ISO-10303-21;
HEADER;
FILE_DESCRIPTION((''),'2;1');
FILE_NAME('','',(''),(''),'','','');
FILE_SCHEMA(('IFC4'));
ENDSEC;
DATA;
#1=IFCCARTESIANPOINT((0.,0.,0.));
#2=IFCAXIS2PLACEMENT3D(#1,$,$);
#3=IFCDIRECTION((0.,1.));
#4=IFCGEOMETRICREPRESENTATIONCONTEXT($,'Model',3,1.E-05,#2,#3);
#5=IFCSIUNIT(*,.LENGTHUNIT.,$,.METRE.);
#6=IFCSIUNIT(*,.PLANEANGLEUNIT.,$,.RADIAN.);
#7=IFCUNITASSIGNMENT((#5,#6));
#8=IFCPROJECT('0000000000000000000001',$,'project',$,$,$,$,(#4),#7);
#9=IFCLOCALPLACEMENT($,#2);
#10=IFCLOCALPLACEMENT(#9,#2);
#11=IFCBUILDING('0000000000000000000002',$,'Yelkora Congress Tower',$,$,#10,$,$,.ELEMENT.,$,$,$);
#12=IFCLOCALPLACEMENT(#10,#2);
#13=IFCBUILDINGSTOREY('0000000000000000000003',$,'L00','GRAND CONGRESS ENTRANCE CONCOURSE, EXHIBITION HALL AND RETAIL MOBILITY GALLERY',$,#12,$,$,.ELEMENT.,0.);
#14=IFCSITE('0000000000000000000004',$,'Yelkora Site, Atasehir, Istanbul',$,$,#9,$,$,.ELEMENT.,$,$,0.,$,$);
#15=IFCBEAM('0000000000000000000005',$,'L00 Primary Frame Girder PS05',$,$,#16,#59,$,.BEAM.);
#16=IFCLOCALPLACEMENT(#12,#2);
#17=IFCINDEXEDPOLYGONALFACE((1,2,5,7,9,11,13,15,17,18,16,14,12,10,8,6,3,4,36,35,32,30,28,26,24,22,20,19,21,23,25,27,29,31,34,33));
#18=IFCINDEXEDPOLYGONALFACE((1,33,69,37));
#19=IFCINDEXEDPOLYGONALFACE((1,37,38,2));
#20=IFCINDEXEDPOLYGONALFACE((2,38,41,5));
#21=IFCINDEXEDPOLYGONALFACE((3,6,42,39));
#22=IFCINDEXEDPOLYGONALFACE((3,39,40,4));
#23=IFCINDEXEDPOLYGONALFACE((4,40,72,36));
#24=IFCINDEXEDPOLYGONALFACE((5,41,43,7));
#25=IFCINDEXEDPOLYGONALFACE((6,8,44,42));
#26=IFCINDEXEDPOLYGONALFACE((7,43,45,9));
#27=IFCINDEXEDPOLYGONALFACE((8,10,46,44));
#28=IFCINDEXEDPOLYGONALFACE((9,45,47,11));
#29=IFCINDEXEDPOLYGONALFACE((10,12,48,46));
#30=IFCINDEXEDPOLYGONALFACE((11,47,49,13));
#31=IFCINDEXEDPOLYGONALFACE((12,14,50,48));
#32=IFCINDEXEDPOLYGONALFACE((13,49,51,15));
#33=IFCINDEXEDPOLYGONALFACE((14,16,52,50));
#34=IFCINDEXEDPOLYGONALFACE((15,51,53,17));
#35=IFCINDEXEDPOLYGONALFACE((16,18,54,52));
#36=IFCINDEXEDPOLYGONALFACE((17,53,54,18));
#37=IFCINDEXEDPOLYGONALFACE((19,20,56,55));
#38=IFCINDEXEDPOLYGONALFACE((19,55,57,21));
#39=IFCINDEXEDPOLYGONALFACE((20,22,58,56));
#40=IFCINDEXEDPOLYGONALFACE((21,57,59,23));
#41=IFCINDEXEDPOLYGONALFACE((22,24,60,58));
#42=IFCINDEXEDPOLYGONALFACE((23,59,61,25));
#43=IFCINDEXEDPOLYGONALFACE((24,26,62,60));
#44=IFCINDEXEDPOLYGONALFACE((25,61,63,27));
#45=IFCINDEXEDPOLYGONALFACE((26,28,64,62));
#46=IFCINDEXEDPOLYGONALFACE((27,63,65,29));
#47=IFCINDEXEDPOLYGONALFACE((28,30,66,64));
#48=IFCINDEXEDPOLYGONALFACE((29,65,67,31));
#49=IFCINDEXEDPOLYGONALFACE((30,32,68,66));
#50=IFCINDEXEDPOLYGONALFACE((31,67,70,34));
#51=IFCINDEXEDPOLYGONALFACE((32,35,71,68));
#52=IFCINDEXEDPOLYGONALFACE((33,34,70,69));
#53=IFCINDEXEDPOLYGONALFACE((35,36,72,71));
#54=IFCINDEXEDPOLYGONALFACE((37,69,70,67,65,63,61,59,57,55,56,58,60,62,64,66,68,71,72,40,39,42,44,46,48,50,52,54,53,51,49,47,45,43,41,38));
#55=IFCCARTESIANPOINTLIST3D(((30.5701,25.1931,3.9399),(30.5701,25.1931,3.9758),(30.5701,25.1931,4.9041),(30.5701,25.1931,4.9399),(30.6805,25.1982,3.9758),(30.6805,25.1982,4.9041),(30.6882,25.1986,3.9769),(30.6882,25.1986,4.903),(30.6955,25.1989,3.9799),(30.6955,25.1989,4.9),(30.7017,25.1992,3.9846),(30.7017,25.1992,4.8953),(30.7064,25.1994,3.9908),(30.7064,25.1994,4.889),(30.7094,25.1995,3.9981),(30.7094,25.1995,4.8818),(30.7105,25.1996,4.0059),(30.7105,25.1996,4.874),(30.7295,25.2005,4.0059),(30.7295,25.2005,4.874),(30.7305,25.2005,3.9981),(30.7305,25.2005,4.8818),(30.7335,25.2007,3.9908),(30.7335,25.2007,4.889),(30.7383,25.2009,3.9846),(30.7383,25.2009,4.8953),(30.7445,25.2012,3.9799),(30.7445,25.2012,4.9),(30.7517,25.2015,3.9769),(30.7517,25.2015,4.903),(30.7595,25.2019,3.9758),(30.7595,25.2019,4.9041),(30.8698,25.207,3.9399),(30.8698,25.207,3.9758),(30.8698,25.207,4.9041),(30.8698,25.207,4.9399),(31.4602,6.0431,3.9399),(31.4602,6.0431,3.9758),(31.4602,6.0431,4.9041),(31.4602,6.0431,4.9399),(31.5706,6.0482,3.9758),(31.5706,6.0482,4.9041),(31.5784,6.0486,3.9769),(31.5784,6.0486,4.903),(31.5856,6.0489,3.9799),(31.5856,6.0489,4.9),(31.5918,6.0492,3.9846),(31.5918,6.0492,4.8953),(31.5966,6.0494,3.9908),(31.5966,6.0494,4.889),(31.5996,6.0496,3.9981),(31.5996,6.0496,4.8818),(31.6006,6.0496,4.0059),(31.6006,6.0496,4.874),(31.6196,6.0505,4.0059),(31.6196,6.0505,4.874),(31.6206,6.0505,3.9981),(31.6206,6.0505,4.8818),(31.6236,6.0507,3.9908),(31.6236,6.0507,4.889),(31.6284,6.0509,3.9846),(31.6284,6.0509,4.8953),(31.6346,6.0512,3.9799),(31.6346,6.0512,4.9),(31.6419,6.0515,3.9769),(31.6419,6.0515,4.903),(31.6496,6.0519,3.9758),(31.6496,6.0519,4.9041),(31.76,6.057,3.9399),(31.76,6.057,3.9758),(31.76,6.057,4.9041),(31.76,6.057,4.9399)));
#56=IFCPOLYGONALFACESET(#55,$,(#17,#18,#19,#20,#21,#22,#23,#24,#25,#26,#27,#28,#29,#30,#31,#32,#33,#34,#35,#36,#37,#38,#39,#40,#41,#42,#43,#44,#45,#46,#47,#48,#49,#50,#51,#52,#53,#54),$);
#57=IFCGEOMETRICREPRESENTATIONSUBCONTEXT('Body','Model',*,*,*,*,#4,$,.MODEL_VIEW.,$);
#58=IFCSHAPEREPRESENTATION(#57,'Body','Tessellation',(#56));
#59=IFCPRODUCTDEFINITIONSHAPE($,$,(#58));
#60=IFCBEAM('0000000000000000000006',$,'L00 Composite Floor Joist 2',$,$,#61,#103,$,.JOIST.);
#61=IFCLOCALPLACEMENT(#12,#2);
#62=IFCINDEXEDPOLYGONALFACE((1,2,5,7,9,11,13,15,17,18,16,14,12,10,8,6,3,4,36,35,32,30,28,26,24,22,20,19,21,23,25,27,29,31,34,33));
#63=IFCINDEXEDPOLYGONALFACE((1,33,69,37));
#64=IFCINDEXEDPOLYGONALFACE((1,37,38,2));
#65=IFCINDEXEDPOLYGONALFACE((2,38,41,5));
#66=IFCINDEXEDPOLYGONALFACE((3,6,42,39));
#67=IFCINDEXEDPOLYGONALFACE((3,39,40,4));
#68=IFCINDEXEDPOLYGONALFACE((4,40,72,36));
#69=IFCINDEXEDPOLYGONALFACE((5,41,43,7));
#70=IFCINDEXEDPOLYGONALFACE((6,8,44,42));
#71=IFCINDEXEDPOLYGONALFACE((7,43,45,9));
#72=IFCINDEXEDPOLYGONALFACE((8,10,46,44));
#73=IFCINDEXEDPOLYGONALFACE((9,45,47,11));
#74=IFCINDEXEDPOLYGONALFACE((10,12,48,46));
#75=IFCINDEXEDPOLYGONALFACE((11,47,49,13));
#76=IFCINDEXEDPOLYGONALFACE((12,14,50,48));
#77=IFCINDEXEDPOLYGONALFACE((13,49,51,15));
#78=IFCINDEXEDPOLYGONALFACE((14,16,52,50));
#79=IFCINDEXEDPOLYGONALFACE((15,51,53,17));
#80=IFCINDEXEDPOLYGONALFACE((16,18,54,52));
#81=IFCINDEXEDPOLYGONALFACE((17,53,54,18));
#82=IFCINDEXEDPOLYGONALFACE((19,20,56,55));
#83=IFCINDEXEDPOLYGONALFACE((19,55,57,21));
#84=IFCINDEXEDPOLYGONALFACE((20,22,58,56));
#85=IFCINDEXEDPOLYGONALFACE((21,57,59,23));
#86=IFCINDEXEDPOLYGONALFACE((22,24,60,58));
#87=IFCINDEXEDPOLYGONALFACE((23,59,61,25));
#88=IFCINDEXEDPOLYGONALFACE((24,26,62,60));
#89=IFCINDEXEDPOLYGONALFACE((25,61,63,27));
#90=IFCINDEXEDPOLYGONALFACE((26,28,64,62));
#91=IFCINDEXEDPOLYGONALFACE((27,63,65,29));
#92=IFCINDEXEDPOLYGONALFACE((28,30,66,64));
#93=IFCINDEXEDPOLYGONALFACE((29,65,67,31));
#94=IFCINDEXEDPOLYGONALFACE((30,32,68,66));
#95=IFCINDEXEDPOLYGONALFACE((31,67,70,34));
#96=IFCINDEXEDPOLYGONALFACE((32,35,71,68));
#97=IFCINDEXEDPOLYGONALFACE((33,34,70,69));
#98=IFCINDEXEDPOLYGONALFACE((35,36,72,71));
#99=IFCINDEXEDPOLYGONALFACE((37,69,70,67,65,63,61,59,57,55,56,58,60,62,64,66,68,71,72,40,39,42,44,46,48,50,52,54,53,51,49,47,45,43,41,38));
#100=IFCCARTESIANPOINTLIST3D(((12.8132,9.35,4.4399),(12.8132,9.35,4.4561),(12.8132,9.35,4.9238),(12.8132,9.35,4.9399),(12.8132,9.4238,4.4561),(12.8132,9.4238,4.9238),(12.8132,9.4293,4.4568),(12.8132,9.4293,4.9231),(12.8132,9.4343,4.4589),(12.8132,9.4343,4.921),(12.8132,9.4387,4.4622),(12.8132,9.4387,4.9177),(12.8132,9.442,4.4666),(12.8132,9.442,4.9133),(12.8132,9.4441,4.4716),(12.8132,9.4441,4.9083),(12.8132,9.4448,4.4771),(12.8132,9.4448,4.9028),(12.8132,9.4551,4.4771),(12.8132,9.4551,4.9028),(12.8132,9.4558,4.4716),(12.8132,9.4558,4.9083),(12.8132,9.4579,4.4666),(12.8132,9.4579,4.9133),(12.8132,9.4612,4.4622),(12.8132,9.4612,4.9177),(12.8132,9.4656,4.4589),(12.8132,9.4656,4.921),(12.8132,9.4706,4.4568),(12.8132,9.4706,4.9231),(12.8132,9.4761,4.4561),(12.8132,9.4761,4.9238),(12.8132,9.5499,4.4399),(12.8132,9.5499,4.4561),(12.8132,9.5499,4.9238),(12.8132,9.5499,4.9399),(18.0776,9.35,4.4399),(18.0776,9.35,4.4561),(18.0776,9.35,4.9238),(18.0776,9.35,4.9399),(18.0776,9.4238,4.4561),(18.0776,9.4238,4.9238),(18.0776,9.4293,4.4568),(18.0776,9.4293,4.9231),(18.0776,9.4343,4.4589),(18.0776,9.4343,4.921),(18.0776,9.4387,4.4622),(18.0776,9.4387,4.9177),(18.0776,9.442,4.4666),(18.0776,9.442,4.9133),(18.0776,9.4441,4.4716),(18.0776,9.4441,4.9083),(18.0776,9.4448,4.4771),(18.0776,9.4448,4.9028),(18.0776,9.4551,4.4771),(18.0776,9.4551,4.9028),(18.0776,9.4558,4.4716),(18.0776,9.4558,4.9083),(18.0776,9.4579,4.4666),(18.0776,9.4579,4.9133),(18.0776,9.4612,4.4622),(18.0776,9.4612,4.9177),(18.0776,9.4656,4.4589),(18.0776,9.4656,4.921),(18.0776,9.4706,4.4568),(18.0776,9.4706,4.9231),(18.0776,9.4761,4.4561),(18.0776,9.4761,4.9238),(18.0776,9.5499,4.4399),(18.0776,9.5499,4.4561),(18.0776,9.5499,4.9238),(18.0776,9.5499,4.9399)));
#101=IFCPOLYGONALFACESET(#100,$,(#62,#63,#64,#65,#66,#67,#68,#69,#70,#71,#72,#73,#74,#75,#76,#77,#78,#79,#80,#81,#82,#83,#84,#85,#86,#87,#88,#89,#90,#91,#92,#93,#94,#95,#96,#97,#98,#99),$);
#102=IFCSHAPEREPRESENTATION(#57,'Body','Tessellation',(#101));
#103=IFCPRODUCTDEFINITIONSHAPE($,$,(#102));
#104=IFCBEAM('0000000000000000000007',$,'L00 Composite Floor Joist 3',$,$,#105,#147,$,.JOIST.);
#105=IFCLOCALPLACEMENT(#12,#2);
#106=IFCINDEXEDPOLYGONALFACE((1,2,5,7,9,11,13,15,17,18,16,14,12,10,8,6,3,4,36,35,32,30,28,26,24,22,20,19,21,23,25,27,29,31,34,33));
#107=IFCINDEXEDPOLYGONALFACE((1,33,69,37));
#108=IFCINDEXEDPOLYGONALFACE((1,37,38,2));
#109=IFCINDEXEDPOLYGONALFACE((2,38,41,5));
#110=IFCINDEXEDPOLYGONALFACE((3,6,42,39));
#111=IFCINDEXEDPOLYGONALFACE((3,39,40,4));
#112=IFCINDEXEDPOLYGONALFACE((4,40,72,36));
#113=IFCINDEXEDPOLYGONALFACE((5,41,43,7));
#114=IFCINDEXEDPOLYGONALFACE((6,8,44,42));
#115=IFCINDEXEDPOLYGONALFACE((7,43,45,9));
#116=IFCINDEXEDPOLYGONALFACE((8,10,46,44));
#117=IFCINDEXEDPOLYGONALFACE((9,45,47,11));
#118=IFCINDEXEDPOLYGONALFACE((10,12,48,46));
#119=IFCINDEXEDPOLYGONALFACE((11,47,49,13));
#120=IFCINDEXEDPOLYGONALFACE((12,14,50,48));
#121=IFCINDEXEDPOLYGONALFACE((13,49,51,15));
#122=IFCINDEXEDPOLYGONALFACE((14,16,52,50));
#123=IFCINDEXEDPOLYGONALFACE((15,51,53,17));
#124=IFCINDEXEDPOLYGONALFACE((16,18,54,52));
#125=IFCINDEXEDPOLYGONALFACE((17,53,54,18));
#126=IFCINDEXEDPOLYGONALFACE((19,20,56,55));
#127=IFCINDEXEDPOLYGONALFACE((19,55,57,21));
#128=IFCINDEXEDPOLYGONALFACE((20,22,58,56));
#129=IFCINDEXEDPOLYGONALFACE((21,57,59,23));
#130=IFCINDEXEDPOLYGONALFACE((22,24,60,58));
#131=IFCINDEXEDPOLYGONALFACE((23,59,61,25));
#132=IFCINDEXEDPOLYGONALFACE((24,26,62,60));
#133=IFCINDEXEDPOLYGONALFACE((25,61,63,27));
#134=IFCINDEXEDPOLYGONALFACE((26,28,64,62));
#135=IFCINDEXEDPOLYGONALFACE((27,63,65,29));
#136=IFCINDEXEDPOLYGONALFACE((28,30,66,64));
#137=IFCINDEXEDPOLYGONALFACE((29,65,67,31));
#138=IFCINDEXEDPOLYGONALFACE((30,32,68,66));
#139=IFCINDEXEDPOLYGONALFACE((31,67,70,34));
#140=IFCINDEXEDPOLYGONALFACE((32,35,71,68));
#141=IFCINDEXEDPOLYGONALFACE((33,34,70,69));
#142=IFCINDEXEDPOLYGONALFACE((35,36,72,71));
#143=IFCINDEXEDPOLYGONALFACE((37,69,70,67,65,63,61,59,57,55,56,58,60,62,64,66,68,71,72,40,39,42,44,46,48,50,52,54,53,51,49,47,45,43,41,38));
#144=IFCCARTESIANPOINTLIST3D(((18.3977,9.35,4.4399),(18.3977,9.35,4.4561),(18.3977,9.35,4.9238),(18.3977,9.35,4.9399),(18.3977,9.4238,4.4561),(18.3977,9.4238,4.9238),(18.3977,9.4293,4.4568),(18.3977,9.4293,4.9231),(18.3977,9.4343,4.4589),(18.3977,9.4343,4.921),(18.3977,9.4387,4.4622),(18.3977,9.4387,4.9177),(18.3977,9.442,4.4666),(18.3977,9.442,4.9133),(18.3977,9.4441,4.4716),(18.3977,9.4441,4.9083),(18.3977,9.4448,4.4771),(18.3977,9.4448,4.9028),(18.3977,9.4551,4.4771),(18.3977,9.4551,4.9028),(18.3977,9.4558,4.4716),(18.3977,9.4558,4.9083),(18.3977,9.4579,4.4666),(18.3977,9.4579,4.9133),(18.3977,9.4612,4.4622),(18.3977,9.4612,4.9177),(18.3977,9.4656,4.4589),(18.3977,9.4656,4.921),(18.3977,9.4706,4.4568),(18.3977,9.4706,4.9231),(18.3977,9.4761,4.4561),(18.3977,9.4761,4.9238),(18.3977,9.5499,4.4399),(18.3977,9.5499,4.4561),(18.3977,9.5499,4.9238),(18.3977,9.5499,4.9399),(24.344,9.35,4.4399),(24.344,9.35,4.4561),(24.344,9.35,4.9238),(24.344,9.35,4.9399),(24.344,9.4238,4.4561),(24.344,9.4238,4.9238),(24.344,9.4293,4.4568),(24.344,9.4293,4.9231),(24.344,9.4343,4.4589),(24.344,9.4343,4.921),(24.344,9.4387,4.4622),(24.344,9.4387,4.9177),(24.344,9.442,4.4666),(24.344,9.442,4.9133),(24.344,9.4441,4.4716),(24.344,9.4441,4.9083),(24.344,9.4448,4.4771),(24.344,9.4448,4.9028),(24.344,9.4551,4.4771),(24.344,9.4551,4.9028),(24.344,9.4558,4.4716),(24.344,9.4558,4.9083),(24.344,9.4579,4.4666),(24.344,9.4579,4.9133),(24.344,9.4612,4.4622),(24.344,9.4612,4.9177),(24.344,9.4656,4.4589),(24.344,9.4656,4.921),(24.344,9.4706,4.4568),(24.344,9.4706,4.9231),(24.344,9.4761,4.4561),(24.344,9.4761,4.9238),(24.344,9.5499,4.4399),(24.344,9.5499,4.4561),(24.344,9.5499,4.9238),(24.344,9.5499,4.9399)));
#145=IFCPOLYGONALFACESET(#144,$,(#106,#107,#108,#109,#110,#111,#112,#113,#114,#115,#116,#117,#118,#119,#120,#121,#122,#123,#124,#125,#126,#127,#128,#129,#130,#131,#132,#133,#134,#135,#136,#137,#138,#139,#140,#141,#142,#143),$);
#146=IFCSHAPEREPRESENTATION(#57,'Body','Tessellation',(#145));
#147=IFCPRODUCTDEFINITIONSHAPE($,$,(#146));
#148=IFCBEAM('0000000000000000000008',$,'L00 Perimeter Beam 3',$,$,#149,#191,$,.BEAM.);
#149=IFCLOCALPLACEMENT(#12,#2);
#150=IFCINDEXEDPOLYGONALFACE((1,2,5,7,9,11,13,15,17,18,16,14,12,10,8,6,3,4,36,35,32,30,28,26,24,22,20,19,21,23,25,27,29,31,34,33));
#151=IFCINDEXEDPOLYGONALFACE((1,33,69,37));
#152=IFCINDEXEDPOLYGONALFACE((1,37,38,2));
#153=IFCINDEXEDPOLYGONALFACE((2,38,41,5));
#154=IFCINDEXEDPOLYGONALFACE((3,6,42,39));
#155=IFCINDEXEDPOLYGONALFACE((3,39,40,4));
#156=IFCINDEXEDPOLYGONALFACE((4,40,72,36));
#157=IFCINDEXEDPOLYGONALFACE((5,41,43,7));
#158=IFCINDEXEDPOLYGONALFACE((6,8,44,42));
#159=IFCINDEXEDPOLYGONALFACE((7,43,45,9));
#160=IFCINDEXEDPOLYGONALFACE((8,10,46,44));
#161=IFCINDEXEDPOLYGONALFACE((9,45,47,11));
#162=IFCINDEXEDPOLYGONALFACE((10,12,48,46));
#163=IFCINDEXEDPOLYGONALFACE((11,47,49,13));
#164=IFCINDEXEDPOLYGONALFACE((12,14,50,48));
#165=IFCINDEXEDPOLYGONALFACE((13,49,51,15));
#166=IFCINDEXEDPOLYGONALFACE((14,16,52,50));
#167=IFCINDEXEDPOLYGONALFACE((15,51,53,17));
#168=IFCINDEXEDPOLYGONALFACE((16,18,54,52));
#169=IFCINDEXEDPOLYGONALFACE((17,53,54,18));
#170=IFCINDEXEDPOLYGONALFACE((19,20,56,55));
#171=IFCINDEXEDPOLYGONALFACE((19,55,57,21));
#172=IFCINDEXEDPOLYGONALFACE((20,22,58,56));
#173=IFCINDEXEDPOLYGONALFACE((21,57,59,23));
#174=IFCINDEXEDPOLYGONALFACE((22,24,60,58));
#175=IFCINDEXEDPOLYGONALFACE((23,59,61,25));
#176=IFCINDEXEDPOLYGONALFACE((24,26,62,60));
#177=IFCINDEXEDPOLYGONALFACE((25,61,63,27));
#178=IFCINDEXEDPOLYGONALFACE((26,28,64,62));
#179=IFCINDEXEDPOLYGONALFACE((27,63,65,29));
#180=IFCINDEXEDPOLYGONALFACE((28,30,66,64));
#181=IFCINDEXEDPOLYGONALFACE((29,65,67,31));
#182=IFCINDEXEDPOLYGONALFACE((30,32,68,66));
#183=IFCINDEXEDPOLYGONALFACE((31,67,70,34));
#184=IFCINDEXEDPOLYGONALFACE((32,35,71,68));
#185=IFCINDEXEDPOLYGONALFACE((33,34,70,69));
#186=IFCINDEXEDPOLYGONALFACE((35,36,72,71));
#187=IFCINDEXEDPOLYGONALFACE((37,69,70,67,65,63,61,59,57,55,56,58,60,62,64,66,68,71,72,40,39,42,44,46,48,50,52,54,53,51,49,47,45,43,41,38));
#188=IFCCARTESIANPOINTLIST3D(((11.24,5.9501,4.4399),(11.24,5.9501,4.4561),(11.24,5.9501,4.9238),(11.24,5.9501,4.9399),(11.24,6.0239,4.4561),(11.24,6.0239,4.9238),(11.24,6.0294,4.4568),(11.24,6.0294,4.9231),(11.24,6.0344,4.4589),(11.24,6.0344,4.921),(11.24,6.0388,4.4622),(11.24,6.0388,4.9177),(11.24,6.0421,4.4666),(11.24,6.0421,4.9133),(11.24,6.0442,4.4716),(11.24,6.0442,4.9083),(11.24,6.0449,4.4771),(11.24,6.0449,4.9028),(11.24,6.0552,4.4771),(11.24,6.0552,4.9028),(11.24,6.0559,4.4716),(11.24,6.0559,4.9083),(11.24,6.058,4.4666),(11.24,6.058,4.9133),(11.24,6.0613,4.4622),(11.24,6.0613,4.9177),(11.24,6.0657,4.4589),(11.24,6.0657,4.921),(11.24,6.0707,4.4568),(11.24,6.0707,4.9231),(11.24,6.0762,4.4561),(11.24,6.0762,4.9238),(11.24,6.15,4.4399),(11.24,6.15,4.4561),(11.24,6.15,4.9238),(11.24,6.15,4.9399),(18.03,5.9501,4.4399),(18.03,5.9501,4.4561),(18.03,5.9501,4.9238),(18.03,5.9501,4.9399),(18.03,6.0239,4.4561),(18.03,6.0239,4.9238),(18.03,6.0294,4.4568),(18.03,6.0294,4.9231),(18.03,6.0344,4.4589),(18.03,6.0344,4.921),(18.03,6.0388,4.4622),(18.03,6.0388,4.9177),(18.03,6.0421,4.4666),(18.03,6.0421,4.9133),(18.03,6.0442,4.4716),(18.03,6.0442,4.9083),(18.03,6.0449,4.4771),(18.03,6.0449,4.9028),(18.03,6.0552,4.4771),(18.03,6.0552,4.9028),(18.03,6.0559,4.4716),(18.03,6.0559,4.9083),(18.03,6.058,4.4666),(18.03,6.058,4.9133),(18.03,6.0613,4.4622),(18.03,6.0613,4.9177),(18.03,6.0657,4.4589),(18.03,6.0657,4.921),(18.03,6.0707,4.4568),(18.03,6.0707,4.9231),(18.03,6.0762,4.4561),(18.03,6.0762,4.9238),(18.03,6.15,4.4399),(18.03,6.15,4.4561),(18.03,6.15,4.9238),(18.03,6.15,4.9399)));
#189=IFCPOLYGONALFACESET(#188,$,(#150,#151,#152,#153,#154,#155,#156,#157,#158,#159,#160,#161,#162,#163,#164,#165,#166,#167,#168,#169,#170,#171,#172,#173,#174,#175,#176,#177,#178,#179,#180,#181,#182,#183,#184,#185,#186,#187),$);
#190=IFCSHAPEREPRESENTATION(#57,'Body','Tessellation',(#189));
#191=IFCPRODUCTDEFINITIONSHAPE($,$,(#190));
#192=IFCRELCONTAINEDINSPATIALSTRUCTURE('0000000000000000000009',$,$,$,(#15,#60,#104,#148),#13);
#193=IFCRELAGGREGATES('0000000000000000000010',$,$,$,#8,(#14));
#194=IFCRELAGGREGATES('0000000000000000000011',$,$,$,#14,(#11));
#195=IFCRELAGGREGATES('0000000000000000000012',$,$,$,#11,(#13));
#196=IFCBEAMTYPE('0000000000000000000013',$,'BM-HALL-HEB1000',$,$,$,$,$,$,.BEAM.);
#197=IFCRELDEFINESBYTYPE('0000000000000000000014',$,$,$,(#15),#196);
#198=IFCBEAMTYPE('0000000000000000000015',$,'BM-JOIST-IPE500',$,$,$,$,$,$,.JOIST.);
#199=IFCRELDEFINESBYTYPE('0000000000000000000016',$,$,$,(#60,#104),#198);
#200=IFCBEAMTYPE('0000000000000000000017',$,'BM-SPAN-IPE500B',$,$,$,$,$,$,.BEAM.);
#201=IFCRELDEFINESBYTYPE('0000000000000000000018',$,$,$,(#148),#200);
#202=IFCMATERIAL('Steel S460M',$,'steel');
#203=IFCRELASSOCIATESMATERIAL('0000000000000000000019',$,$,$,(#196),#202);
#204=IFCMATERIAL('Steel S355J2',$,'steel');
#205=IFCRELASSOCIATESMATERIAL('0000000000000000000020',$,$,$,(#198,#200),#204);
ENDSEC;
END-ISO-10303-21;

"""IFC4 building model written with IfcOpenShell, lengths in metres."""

from ifc_helpers import new_model, si_unit, direction, frame, origin, origin_2d, place, context, subcontext, project, spatial, i_section, extrude, material, material_profile, profile_set, type_object, element, save


model = new_model("IFC4")

# Units and contexts
model_context = context("Model", 3, precision=1e-05, world=origin(), true_north=direction((0.0, 1.0)))
body_context = subcontext(model_context, "Body", "Model", "MODEL_VIEW")
ifc_project = project(units=[si_unit("LENGTHUNIT", "METRE"), si_unit("PLANEANGLEUNIT", "RADIAN")], contexts=[model_context])

# Site, building, storey
site_placement = place(None, origin())
site = spatial("IfcSite", under=ifc_project, at=site_placement, Name="Yelkora Site, Atasehir, Istanbul", CompositionType="ELEMENT", RefElevation=0.0)
building_placement = place(site_placement, origin())
building = spatial("IfcBuilding", under=site, at=building_placement, Name="Yelkora Congress Tower", CompositionType="ELEMENT")
storey_placement = place(building_placement, origin())
storey = spatial("IfcBuildingStorey", under=building, at=storey_placement, Name="L00", Description="GRAND CONGRESS ENTRANCE CONCOURSE, EXHIBITION HALL AND RETAIL MOBILITY GALLERY", CompositionType="ELEMENT", Elevation=0.0)

# Beams
ifc_material_1 = material(Name="Steel S460M", Category="steel")
ifc_material_profile_1 = material_profile(ifc_material_1, i_section(OverallWidth=0.3, OverallDepth=1.0, WebThickness=0.019, FlangeThickness=0.0359, FilletRadius=0.03, at=origin_2d()), Name="HEB 1000")
ifc_profile_set_1 = profile_set([ifc_material_profile_1], Name="Steel S460M")
beam_type_1 = type_object("IfcBeamType", Name="BM-HALL-HEB1000", PredefinedType="BEAM", material=ifc_profile_set_1)
beam_1_placement = place(storey_placement, frame((31.6101, 6.05, 4.4399), z_axis=(-0.046432, 0.998921, 0.0), x_axis=(-0.998921, -0.046432, 0.0)))
element("IfcBeam", 1, at=beam_1_placement, inside=storey, type_object=beam_type_1, Name="L00 Primary Frame Girder PS05", PredefinedType="BEAM", context=body_context, shape_type="SweptSolid", body=[
    extrude(i_section(OverallWidth=0.3, OverallDepth=1.0, WebThickness=0.019, FlangeThickness=0.0359, FilletRadius=0.03, at=origin_2d()), origin(), (0.0, 0.0, 1.0), 19.1707),
])
ifc_material_2 = material(Name="Steel S355J2", Category="steel")
ifc_material_profile_2 = material_profile(ifc_material_2, i_section(OverallWidth=0.2, OverallDepth=0.5, WebThickness=0.0103, FlangeThickness=0.0161, FilletRadius=0.021, at=origin_2d()), Name="IPE 500")
ifc_profile_set_2 = profile_set([ifc_material_profile_2], Name="Steel S355J2")
beam_type_2 = type_object("IfcBeamType", Name="BM-JOIST-IPE500", PredefinedType="JOIST", material=ifc_profile_set_2)
beam_2_placement = place(storey_placement, frame((12.8132, 9.45, 4.6899), z_axis=(1.0, 0.0, 0.0), x_axis=(0.0, 1.0, 0.0)))
element("IfcBeam", 2, at=beam_2_placement, inside=storey, type_object=beam_type_2, Name="L00 Composite Floor Joist 2", PredefinedType="JOIST", context=body_context, shape_type="SweptSolid", body=[
    extrude(i_section(OverallWidth=0.2, OverallDepth=0.5, WebThickness=0.0103, FlangeThickness=0.0161, FilletRadius=0.021, at=origin_2d()), origin(), (0.0, 0.0, 1.0), 5.2644),
])
beam_3_placement = place(storey_placement, frame((18.3977, 9.45, 4.6899), z_axis=(1.0, 0.0, 0.0), x_axis=(0.0, 1.0, 0.0)))
element("IfcBeam", 3, at=beam_3_placement, inside=storey, type_object=beam_type_2, Name="L00 Composite Floor Joist 3", PredefinedType="JOIST", context=body_context, shape_type="SweptSolid", body=[
    extrude(i_section(OverallWidth=0.2, OverallDepth=0.5, WebThickness=0.0103, FlangeThickness=0.0161, FilletRadius=0.021, at=origin_2d()), origin(), (0.0, 0.0, 1.0), 5.9463),
])
ifc_material_profile_3 = material_profile(ifc_material_2, i_section(OverallWidth=0.2, OverallDepth=0.5, WebThickness=0.0103, FlangeThickness=0.0161, FilletRadius=0.021, at=origin_2d()), Name="IPE 500")
ifc_profile_set_3 = profile_set([ifc_material_profile_3], Name="Steel S355J2")
beam_type_3 = type_object("IfcBeamType", Name="BM-SPAN-IPE500B", PredefinedType="BEAM", material=ifc_profile_set_3)
for number, where, z_axis, x_axis, name in (
    (4, (11.24, 6.05, 4.6899), (1.0, 0.0, 0.0), (0.0, 1.0, 0.0), "L00 Perimeter Beam 3"),
):
    element("IfcBeam", number, at=place(storey_placement, frame(where, z_axis=z_axis, x_axis=x_axis)), inside=storey, type_object=beam_type_3, Name=name, PredefinedType="BEAM", context=body_context, shape_type="SweptSolid", body=[
        extrude(i_section(OverallWidth=0.2, OverallDepth=0.5, WebThickness=0.0103, FlangeThickness=0.0161, FilletRadius=0.021, at=origin_2d()), origin(), (0.0, 0.0, 1.0), 6.79),
    ])

save(model, "model.ifc")
